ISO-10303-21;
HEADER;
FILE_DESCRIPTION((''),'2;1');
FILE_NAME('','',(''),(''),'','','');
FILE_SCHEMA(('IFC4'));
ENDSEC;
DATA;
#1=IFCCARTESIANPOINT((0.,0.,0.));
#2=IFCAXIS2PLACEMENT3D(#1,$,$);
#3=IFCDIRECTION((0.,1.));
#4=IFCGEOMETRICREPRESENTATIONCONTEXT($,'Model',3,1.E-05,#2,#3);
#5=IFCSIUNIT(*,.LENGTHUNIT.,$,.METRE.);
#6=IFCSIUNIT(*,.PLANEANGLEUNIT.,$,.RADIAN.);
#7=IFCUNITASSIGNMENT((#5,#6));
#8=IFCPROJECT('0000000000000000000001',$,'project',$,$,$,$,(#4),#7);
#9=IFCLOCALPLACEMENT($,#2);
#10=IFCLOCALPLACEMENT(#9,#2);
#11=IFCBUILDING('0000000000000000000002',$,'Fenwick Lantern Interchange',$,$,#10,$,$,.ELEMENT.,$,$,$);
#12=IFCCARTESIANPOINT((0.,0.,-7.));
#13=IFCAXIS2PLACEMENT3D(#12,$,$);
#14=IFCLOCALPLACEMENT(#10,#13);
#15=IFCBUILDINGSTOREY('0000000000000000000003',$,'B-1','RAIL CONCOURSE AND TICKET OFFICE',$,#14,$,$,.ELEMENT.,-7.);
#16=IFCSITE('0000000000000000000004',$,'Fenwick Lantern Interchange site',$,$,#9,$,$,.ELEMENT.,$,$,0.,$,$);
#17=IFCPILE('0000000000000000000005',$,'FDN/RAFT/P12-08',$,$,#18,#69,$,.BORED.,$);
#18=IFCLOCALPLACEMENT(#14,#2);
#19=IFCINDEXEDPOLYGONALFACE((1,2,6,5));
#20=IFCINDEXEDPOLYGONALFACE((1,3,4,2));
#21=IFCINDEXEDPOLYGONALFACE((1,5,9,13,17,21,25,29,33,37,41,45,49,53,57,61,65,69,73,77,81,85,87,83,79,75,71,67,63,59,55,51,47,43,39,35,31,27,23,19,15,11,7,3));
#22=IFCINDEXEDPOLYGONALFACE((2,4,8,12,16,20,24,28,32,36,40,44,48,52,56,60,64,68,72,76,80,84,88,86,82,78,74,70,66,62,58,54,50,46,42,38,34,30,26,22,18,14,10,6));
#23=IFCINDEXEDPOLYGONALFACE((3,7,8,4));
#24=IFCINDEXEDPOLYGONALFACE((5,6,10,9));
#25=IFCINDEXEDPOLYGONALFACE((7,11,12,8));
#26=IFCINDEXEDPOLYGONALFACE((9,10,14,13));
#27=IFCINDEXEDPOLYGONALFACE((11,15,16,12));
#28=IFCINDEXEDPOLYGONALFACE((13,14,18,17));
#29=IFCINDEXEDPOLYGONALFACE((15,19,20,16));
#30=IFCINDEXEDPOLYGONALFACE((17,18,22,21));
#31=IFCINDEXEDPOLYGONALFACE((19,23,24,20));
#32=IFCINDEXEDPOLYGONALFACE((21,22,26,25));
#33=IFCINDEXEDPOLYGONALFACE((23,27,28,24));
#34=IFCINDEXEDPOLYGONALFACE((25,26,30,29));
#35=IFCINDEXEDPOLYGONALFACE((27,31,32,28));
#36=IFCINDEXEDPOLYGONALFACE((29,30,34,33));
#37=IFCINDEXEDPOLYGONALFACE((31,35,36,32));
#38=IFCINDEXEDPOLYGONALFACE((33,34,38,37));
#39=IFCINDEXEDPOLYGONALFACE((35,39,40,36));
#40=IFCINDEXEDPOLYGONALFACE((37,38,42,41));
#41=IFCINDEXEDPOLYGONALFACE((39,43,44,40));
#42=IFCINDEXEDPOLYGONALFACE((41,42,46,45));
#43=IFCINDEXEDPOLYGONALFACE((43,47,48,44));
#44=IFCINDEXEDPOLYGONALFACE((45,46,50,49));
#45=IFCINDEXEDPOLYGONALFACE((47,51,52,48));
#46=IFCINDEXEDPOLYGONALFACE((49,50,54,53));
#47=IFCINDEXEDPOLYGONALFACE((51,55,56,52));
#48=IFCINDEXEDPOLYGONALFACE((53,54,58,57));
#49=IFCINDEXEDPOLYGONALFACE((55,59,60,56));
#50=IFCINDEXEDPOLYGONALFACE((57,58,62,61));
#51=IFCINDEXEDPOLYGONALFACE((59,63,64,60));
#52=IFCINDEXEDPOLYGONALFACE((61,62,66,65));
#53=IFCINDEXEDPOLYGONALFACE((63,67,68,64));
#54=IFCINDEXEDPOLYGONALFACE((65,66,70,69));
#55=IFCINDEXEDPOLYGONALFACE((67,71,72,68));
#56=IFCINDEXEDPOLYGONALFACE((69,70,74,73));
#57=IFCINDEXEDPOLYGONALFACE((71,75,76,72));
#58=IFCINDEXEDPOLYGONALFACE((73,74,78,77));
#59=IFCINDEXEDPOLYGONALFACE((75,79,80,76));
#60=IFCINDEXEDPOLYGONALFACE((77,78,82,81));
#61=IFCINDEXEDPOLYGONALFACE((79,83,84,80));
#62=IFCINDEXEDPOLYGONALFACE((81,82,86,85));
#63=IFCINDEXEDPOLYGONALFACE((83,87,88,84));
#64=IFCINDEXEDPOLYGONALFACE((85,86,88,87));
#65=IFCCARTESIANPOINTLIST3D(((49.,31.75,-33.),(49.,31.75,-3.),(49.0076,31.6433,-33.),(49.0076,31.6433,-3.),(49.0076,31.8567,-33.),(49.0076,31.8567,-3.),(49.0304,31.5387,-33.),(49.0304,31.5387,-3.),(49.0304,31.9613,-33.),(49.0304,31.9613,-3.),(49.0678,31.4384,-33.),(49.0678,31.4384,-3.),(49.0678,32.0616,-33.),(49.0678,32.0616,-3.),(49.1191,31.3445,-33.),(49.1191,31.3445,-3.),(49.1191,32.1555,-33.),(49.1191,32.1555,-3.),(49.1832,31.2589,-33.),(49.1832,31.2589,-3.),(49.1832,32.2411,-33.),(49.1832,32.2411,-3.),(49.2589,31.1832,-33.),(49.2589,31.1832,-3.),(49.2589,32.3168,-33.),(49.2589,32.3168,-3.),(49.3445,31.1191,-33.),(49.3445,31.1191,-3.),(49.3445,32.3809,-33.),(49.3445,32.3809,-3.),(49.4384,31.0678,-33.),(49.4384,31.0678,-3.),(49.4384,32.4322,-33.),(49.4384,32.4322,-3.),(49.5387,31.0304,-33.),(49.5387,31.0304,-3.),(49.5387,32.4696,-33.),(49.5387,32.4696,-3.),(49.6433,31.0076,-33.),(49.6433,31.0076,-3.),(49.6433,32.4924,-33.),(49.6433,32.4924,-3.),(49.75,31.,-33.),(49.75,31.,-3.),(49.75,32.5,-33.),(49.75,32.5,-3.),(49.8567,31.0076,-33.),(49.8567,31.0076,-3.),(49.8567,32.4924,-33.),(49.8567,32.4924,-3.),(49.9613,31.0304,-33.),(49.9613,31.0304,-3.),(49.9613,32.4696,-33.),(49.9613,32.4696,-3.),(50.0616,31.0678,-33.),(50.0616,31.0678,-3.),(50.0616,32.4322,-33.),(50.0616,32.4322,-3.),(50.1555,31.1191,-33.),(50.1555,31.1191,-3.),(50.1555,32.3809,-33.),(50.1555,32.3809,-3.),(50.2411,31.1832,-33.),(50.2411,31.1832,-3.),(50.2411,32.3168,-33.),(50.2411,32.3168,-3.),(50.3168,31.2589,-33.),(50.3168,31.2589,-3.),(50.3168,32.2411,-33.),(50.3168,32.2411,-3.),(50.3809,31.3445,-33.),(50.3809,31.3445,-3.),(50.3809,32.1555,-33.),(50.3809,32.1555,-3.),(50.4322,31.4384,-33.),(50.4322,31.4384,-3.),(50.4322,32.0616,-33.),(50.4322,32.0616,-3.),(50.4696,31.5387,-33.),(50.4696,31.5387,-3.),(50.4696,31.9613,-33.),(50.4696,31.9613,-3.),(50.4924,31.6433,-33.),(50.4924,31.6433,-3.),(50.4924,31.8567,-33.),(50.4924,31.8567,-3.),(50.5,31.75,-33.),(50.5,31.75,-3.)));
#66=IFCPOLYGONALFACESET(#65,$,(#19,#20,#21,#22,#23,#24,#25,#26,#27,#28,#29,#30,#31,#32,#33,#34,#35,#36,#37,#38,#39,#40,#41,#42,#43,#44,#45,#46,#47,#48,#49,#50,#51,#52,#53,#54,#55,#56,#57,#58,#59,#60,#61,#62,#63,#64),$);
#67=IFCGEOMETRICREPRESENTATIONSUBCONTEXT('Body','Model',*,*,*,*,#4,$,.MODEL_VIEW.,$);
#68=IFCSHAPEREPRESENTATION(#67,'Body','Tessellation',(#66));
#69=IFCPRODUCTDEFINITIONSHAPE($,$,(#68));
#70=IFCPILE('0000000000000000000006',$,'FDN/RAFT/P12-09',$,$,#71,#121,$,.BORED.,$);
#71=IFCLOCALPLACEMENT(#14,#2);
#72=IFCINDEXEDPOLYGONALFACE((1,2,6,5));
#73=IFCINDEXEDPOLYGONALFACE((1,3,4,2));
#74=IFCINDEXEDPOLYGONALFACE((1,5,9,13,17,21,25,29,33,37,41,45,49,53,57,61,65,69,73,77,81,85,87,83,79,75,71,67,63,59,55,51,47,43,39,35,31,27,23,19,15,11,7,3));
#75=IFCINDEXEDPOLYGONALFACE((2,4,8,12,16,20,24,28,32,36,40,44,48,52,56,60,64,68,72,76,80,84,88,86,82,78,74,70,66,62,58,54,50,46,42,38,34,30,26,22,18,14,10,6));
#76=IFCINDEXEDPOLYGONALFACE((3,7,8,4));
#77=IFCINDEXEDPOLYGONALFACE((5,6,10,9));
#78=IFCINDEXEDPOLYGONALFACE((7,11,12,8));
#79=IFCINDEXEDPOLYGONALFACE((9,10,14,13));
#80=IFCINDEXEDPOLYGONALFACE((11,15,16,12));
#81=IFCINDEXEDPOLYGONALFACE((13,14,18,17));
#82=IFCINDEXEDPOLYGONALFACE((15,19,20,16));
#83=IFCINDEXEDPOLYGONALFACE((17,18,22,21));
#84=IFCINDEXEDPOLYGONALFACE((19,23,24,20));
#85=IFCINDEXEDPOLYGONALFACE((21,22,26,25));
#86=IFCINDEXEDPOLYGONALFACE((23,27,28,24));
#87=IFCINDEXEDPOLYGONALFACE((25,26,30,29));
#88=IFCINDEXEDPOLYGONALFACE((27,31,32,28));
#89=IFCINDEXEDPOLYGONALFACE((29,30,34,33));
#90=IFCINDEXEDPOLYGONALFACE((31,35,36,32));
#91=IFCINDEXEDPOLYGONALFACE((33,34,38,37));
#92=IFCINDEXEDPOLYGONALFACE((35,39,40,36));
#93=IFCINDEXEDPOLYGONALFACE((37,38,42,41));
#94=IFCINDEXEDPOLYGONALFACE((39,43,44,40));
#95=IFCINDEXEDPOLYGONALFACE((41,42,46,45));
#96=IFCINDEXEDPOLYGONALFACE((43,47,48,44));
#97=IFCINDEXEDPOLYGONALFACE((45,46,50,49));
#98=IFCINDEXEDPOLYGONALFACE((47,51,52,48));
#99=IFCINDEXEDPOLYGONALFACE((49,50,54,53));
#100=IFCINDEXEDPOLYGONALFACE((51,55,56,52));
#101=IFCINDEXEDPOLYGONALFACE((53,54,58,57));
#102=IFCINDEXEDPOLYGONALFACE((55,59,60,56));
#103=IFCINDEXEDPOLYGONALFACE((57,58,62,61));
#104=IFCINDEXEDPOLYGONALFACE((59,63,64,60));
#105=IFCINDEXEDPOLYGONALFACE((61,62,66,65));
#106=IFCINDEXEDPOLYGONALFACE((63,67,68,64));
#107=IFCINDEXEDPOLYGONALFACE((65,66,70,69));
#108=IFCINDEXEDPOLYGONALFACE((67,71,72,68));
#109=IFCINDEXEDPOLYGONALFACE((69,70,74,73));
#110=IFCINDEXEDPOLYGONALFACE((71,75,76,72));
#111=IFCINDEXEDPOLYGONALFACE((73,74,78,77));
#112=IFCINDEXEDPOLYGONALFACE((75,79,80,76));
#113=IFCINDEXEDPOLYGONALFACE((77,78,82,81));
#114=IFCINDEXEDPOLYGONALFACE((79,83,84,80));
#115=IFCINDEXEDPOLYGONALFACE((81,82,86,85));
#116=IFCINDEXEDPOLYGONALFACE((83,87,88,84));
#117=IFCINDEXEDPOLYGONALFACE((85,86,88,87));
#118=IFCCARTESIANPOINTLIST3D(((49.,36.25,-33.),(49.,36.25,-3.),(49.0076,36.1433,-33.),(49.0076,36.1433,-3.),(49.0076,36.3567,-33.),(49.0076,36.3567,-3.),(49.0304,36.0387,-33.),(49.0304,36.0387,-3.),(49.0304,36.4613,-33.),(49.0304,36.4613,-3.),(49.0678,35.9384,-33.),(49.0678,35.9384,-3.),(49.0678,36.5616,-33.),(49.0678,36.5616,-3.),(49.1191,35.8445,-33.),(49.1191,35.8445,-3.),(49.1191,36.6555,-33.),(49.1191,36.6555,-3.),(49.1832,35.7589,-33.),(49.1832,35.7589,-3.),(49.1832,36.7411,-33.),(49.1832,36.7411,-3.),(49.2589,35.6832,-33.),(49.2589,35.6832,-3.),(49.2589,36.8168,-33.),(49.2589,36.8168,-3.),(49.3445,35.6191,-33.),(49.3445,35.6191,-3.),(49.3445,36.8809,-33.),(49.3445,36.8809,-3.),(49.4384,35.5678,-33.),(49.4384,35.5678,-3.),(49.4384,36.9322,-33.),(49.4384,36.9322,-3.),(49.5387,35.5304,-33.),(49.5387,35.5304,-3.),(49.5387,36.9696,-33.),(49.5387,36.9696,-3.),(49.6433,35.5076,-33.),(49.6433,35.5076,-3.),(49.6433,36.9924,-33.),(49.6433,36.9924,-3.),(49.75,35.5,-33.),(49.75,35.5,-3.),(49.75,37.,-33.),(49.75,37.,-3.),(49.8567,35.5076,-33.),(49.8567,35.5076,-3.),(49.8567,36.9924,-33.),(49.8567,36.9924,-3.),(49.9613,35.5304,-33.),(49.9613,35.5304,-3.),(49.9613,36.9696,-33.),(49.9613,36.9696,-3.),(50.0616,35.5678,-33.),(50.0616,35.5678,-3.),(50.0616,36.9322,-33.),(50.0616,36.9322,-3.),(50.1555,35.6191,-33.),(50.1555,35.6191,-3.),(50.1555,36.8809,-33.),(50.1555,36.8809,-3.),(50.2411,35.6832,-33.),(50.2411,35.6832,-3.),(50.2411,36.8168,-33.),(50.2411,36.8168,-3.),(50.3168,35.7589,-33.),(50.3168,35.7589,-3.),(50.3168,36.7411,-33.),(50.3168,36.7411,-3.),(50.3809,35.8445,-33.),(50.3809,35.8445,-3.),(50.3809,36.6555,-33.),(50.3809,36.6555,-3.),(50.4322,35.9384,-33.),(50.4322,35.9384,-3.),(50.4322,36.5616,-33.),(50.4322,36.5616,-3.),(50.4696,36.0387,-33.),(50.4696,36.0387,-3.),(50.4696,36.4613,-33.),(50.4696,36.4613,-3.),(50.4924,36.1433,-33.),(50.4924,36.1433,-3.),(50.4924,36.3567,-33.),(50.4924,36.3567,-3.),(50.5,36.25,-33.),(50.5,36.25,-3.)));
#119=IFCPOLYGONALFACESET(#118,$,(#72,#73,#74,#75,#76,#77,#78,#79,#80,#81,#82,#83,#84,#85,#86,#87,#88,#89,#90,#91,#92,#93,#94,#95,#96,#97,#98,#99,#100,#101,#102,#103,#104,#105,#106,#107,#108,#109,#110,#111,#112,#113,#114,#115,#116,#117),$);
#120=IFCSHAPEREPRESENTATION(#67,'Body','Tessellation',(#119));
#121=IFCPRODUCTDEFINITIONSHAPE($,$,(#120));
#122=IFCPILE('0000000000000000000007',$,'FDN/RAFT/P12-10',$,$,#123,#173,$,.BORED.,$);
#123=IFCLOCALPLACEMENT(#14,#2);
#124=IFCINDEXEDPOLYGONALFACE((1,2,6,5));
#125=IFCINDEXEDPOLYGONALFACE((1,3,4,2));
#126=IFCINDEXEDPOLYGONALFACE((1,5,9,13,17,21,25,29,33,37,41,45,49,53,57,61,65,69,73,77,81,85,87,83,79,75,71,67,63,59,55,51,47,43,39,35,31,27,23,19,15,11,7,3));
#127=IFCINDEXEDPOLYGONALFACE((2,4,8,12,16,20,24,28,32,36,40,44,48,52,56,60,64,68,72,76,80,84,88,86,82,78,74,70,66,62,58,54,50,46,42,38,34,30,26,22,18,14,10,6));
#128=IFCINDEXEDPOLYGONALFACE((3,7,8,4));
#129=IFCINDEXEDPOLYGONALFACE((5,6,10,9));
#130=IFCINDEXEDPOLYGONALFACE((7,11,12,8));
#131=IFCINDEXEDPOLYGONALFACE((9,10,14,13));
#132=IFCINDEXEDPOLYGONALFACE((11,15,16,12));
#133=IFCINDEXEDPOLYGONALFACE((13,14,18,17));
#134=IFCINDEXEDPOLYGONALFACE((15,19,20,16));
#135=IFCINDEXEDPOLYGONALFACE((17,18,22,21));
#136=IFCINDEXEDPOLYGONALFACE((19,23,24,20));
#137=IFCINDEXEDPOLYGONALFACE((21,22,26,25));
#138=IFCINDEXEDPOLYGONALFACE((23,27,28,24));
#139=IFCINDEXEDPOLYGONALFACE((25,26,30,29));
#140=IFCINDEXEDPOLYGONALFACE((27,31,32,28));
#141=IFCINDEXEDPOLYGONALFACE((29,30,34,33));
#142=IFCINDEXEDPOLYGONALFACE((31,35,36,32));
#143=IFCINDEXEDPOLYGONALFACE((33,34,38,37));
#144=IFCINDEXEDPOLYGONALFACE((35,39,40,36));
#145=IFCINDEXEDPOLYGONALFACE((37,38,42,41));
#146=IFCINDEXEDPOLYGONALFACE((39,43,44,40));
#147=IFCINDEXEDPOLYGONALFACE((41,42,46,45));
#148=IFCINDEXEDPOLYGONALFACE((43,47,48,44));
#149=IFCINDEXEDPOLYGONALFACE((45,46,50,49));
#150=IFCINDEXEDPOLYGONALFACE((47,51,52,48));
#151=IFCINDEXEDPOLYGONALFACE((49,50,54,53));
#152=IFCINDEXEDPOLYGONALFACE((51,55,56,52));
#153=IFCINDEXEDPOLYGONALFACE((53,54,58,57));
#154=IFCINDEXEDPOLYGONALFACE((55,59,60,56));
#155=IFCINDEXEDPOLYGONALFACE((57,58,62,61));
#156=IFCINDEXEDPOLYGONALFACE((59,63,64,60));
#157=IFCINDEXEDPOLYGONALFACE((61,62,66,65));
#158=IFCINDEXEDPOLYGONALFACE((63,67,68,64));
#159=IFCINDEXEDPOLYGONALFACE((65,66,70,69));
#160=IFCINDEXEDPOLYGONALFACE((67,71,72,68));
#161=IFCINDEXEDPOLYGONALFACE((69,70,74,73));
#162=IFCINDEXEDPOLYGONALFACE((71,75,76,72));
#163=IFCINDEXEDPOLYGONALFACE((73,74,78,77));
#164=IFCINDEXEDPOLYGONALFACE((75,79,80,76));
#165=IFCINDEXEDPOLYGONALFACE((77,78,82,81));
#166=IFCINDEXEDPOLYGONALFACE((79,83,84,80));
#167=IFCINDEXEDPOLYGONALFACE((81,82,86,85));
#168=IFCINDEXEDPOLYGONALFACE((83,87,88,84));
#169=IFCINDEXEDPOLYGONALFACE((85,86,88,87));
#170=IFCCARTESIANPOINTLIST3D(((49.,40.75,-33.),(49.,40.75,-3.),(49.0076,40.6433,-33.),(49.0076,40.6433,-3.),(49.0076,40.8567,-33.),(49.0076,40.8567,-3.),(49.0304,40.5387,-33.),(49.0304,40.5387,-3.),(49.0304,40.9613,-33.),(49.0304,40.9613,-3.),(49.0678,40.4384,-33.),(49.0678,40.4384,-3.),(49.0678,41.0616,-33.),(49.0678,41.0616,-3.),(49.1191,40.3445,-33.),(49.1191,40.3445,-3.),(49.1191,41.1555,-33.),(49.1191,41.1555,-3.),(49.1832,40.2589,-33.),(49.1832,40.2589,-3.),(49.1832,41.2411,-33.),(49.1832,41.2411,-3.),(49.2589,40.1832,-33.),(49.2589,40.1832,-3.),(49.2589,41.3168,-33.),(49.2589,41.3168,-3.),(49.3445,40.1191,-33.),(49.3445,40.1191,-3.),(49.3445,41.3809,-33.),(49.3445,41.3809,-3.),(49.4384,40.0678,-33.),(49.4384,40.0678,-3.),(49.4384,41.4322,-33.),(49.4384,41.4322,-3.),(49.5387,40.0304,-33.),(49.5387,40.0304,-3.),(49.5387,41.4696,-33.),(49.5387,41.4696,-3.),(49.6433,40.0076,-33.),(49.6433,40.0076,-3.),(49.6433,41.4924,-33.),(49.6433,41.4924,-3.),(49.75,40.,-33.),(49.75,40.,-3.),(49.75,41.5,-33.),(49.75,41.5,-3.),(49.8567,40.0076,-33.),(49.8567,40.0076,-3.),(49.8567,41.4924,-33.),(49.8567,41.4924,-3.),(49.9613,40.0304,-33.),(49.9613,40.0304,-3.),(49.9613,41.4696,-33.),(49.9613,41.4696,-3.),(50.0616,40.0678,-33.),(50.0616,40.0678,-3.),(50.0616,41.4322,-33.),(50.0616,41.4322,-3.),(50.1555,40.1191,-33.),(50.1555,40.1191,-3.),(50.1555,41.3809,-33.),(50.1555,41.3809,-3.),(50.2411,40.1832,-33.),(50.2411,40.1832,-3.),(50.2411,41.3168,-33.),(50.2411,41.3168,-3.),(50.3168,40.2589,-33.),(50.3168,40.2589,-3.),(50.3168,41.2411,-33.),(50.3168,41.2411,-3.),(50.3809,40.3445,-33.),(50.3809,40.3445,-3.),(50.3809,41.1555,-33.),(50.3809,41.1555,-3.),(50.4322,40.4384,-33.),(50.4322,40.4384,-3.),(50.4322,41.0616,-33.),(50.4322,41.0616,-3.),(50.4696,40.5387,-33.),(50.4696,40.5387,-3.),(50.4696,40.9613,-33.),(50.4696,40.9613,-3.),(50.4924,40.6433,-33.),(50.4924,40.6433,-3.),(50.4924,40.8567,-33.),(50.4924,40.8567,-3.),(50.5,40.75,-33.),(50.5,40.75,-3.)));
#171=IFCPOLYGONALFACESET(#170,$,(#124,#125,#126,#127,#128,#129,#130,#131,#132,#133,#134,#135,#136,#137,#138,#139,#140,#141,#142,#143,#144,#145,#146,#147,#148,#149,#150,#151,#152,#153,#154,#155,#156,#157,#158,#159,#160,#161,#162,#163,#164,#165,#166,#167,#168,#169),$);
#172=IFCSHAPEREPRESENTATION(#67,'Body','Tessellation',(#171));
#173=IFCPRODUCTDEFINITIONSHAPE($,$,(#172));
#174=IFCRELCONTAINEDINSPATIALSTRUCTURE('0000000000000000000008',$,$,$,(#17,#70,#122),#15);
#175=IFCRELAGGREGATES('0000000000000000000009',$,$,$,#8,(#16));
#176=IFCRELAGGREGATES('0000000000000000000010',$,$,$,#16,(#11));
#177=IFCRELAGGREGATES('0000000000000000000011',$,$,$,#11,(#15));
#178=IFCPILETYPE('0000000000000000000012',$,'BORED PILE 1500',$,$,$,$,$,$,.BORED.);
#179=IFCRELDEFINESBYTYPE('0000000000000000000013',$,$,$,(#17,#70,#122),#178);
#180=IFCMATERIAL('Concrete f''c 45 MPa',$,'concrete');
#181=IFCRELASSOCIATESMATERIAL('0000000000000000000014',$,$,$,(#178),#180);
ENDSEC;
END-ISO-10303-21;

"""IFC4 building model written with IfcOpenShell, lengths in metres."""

from ifc_helpers import new_model, si_unit, direction, frame, origin, origin_2d, place, context, subcontext, project, spatial, circle, extrude, material, type_object, element, save


model = new_model("IFC4")

# Units and contexts
model_context = context("Model", 3, precision=1e-05, world=origin(), true_north=direction((0.0, 1.0)))
body_context = subcontext(model_context, "Body", "Model", "MODEL_VIEW")
ifc_project = project(units=[si_unit("LENGTHUNIT", "METRE"), si_unit("PLANEANGLEUNIT", "RADIAN")], contexts=[model_context])

# Site, building, storey
site_placement = place(None, origin())
site = spatial("IfcSite", under=ifc_project, at=site_placement, Name="Fenwick Lantern Interchange site", CompositionType="ELEMENT", RefElevation=0.0)
building_placement = place(site_placement, origin())
building = spatial("IfcBuilding", under=site, at=building_placement, Name="Fenwick Lantern Interchange", CompositionType="ELEMENT")
storey_placement = place(building_placement, frame((0.0, 0.0, -7.0)))
storey = spatial("IfcBuildingStorey", under=building, at=storey_placement, Name="B-1", Description="RAIL CONCOURSE AND TICKET OFFICE", CompositionType="ELEMENT", Elevation=-7.0)

# Piles
ifc_material_1 = material(Name="Concrete f'c 45 MPa", Category="concrete")
pile_type_1 = type_object("IfcPileType", Name="BORED PILE 1500", PredefinedType="BORED", material=ifc_material_1)
for number, where, z_axis, x_axis, name in (
    (1, (49.75, 31.75, -3.0), (0.0, 0.0, -1.0), (1.0, 0.0, 0.0), "FDN/RAFT/P12-08"),
    (2, (49.75, 36.25, -3.0), (0.0, 0.0, -1.0), (1.0, 0.0, 0.0), "FDN/RAFT/P12-09"),
    (3, (49.75, 40.75, -3.0), (0.0, 0.0, -1.0), (1.0, 0.0, 0.0), "FDN/RAFT/P12-10"),
):
    element("IfcPile", number, at=place(storey_placement, frame(where, z_axis=z_axis, x_axis=x_axis)), inside=storey, type_object=pile_type_1, Name=name, PredefinedType="BORED", context=body_context, shape_type="SweptSolid", body=[
        extrude(circle(Radius=0.75, at=origin_2d()), origin(), (0.0, 0.0, 1.0), 30.0),
    ])

save(model, "model.ifc")
